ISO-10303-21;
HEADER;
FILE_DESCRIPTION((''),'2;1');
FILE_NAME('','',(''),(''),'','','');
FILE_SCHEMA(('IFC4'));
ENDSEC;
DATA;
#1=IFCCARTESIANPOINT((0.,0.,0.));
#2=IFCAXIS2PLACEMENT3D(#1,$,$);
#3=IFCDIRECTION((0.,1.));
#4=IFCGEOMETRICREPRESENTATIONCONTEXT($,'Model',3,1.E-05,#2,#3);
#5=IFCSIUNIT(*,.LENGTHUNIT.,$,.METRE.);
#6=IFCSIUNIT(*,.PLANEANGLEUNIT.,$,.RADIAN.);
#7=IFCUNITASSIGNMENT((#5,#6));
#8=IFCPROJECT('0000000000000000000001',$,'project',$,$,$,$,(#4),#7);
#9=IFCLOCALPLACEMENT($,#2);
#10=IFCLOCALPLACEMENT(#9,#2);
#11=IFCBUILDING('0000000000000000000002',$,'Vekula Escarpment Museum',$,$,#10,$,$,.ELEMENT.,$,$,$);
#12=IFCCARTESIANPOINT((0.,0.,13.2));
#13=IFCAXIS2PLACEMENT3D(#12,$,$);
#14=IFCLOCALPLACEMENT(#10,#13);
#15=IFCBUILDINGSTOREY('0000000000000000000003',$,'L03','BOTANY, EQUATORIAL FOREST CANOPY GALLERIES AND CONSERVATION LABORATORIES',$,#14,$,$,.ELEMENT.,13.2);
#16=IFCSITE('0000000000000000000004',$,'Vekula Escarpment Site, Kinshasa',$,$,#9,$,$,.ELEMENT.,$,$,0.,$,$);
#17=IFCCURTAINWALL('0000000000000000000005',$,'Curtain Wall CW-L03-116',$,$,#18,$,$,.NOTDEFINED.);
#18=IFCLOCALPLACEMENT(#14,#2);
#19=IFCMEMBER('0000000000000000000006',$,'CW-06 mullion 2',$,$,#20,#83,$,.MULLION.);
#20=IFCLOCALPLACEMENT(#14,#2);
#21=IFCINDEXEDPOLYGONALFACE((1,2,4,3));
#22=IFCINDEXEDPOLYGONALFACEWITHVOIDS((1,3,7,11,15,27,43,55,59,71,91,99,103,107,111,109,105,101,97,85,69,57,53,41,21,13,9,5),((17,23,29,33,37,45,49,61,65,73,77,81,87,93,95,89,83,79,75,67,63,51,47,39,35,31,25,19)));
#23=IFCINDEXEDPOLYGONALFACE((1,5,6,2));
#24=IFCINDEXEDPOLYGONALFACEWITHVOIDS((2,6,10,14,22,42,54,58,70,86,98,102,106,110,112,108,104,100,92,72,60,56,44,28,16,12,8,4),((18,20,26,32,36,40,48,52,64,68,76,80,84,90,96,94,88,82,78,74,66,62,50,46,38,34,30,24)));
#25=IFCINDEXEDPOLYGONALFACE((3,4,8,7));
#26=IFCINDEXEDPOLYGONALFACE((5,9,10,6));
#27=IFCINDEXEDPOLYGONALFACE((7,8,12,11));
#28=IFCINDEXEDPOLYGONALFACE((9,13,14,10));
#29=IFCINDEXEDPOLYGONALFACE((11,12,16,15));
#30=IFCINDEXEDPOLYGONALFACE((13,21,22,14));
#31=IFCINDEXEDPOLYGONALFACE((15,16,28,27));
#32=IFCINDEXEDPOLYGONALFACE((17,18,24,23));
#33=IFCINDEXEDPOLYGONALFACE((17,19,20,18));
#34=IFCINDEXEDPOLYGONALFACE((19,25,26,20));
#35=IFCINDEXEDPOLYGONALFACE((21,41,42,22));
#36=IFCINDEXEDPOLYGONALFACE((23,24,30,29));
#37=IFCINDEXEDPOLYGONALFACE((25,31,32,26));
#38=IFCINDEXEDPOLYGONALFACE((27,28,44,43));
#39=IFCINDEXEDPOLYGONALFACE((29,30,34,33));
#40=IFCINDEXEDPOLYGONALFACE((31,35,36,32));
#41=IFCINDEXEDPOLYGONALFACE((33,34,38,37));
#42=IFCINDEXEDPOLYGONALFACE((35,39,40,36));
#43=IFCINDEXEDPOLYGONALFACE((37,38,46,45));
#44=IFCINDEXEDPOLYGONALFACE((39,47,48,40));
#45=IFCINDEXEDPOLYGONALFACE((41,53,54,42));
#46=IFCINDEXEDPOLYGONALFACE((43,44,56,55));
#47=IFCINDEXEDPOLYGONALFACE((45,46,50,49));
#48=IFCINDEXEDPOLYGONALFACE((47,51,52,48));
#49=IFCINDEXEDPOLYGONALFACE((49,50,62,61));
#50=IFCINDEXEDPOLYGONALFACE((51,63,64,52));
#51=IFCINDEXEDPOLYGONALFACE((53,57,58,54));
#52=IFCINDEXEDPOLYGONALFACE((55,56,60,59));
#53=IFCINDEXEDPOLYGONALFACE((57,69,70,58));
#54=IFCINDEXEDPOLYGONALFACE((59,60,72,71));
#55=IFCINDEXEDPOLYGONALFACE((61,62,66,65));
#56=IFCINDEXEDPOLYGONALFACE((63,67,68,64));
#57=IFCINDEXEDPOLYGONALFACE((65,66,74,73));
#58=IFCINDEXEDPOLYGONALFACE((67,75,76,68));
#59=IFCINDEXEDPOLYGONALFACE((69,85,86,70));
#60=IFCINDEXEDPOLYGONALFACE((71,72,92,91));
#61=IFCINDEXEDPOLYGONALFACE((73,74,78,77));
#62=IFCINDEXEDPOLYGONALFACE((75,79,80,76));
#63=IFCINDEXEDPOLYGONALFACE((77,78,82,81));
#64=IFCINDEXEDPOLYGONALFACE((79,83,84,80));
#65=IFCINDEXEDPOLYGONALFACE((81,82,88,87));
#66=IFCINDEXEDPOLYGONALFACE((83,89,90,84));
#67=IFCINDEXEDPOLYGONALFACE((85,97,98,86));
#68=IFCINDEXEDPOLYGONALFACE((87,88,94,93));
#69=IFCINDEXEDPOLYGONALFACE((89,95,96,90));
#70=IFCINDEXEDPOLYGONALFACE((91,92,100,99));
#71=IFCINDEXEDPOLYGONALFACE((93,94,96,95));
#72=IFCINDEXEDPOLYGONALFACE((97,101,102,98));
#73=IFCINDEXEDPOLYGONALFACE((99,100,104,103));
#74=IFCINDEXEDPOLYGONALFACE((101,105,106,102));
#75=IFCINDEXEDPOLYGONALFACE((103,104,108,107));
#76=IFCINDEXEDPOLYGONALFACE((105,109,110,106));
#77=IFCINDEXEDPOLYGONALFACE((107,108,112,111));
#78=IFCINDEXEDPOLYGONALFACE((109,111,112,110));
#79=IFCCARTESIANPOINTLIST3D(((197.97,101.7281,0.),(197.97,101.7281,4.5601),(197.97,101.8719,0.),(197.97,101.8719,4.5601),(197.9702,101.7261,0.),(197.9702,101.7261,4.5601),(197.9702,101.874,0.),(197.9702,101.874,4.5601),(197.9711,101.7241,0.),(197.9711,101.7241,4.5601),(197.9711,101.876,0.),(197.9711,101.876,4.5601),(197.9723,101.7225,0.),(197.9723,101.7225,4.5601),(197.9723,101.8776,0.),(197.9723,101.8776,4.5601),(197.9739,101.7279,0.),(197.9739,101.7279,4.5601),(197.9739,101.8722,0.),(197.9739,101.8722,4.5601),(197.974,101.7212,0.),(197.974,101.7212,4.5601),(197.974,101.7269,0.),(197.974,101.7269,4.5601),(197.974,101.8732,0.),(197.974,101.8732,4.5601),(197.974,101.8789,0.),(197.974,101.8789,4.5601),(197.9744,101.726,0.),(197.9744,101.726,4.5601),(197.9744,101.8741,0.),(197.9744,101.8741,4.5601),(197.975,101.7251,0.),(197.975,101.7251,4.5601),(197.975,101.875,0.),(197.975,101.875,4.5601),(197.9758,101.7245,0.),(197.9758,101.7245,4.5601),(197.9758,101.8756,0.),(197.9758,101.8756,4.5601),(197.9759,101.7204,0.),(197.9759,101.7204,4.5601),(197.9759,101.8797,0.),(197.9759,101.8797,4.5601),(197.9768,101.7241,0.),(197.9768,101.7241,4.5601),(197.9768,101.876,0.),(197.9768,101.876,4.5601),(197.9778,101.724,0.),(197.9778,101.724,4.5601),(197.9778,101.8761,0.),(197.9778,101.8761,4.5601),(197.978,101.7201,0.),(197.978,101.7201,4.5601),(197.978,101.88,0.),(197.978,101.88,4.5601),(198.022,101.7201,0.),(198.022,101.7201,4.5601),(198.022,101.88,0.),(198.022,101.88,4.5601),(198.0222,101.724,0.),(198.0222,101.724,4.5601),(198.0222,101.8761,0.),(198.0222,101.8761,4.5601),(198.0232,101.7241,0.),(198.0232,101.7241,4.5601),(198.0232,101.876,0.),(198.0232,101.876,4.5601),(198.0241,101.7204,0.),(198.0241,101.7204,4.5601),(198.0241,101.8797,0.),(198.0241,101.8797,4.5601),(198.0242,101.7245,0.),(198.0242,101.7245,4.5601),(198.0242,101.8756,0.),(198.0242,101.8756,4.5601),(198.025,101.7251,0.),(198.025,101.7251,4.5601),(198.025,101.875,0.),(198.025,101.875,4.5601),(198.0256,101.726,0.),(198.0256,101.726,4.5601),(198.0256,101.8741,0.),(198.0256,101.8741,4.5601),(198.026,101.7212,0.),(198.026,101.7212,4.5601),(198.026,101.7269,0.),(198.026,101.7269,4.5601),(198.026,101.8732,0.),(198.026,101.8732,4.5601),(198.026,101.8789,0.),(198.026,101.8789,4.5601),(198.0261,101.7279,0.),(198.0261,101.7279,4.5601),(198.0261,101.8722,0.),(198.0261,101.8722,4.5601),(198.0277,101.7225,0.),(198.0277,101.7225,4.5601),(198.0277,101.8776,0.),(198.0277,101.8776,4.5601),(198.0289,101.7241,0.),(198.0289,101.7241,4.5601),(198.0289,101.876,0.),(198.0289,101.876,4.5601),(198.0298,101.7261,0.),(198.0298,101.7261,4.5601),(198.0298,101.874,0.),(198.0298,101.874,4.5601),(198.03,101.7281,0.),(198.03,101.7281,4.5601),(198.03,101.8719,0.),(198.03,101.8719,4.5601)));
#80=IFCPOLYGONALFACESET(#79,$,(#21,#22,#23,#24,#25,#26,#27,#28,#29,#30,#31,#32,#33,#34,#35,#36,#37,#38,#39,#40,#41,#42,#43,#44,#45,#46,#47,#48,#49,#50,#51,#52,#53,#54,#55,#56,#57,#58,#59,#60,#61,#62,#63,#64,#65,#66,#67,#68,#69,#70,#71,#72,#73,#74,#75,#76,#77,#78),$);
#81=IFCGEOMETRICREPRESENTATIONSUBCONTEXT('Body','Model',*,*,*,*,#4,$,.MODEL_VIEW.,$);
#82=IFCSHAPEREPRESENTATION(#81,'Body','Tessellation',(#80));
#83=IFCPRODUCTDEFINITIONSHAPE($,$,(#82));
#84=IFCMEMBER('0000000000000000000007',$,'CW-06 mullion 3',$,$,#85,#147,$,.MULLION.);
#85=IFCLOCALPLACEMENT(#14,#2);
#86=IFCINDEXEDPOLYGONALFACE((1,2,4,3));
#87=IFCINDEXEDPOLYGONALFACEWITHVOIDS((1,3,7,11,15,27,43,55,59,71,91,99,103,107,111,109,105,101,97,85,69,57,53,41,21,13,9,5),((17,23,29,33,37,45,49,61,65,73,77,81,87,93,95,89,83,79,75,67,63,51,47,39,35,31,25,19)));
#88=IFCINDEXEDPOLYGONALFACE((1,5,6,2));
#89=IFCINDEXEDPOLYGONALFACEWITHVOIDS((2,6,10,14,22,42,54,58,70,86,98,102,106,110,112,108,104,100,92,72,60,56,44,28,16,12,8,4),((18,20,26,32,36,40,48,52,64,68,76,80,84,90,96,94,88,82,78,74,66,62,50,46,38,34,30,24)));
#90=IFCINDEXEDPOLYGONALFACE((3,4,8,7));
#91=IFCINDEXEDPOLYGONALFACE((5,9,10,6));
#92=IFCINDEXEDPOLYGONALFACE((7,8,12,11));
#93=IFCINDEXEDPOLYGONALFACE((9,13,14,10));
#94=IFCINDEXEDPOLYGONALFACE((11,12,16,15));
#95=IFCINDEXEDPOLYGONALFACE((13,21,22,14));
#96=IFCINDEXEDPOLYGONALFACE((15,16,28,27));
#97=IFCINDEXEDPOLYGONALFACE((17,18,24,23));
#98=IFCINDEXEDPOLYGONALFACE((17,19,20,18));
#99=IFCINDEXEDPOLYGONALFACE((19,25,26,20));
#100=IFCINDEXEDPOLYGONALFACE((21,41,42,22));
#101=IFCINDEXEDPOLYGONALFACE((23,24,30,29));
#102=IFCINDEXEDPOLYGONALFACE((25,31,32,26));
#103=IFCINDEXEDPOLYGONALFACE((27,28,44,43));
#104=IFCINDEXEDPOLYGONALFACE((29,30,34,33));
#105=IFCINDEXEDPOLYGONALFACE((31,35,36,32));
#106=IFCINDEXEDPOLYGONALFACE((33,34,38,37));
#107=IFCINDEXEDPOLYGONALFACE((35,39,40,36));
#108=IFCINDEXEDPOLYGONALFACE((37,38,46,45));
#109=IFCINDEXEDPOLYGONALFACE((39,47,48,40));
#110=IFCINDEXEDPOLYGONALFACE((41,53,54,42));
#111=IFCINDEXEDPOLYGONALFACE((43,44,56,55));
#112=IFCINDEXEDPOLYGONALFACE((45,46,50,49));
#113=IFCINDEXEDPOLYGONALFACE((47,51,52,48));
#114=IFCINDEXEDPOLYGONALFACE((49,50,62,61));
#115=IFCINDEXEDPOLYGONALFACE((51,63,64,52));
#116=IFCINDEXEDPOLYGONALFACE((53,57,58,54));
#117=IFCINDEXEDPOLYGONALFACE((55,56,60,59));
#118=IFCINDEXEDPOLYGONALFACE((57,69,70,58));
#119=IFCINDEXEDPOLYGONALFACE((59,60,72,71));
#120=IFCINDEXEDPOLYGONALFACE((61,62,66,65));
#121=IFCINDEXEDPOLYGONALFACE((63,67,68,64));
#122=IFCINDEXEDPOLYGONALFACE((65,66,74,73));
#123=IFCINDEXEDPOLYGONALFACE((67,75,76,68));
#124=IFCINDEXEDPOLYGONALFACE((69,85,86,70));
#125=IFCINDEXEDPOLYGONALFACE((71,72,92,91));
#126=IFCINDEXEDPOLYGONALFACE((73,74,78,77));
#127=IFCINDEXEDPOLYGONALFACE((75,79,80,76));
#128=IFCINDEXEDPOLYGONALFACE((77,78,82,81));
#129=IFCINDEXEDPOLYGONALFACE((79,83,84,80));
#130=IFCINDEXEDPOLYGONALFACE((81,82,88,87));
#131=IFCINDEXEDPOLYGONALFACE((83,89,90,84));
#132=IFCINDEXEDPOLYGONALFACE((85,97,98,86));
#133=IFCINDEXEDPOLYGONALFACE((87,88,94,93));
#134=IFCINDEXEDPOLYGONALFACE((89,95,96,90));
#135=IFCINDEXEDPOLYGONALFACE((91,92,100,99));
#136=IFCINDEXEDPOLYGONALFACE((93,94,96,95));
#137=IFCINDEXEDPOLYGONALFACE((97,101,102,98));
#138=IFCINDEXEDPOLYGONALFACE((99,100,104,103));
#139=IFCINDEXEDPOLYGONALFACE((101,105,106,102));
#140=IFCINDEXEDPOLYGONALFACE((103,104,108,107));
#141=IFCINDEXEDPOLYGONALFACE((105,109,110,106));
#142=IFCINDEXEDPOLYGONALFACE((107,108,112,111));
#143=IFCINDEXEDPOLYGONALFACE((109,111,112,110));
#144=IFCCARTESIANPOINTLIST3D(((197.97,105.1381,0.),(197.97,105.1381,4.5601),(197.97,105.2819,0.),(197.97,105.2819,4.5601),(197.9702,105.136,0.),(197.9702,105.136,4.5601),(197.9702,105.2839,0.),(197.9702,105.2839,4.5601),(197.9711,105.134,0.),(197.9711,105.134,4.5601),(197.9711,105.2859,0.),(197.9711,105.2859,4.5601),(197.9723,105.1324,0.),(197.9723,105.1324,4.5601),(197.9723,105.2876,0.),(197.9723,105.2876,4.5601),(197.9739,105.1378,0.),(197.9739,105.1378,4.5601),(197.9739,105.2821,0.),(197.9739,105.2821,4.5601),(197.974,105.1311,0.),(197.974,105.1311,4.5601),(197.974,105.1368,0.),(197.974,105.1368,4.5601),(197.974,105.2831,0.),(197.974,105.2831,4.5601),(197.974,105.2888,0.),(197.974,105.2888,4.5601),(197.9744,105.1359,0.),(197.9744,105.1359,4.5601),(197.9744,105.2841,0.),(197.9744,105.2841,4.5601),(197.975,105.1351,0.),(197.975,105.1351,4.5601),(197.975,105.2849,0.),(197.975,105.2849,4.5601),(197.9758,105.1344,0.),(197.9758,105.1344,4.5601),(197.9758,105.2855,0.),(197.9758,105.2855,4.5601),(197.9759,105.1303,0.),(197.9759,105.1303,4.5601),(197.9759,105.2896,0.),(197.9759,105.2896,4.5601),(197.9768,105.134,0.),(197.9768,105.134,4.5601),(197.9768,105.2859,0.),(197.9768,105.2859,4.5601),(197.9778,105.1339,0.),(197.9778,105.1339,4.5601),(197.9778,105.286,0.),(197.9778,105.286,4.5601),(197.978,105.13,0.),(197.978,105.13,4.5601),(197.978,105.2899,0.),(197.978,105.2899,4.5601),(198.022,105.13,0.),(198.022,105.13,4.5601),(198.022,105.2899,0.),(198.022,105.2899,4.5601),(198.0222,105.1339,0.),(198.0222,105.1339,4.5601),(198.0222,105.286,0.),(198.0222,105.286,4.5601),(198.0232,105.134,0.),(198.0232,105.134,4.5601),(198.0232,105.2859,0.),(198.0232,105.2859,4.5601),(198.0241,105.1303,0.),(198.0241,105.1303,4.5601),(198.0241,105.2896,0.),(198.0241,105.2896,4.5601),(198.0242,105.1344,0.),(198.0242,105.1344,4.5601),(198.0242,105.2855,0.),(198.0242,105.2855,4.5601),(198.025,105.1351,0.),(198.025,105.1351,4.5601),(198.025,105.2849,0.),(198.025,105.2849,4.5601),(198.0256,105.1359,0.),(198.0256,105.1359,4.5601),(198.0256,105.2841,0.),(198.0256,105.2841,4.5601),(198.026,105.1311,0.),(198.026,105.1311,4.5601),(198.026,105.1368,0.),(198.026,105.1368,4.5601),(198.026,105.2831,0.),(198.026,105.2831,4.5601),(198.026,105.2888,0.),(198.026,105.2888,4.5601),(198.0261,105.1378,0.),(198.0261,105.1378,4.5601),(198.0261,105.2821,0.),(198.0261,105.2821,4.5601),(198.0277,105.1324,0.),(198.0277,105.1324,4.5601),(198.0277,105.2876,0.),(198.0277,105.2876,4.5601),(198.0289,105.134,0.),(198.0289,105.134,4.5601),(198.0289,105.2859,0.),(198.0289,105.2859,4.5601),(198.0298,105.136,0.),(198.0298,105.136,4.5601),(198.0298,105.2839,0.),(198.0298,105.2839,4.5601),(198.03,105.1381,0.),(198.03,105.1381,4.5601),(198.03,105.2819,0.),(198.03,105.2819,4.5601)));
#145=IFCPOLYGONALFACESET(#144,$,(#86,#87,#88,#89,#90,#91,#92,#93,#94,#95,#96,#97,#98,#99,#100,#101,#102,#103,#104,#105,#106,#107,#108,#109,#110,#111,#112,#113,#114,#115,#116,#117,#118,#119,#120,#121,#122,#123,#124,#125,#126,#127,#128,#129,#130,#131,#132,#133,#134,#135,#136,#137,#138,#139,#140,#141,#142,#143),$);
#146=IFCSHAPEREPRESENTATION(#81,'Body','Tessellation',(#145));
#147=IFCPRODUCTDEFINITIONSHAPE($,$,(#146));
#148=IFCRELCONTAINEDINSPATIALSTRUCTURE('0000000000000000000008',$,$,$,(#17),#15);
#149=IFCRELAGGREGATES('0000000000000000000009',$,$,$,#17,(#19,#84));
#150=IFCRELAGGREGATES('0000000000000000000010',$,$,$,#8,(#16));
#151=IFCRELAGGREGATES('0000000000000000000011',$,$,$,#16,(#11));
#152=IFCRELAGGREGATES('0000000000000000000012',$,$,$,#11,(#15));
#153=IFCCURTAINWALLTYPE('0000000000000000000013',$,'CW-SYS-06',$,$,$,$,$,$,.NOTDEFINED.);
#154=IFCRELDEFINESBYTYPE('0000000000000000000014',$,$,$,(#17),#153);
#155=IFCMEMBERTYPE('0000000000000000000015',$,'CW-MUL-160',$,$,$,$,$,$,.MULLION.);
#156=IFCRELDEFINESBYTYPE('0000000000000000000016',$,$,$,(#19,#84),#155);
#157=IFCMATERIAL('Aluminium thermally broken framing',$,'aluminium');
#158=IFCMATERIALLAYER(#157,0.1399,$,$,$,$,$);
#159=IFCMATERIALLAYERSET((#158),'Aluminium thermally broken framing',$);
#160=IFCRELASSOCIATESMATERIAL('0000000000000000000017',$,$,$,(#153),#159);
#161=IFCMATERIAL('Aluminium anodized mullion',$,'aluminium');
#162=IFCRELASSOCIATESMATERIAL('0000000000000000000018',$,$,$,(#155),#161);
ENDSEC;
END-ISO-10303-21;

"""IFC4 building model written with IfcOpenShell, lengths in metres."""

from ifc_helpers import new_model, si_unit, direction, frame, origin, origin_2d, place, context, subcontext, project, spatial, hollow_rectangle, extrude, material, layer, layer_set, material_profile, profile_set, type_object, element, aggregate, save


model = new_model("IFC4")

# Units and contexts
model_context = context("Model", 3, precision=1e-05, world=origin(), true_north=direction((0.0, 1.0)))
body_context = subcontext(model_context, "Body", "Model", "MODEL_VIEW")
ifc_project = project(units=[si_unit("LENGTHUNIT", "METRE"), si_unit("PLANEANGLEUNIT", "RADIAN")], contexts=[model_context])

# Site, building, storey
site_placement = place(None, origin())
site = spatial("IfcSite", under=ifc_project, at=site_placement, Name="Vekula Escarpment Site, Kinshasa", CompositionType="ELEMENT", RefElevation=0.0)
building_placement = place(site_placement, origin())
building = spatial("IfcBuilding", under=site, at=building_placement, Name="Vekula Escarpment Museum", CompositionType="ELEMENT")
storey_placement = place(building_placement, frame((0.0, 0.0, 13.2)))
storey = spatial("IfcBuildingStorey", under=building, at=storey_placement, Name="L03", Description="BOTANY, EQUATORIAL FOREST CANOPY GALLERIES AND CONSERVATION LABORATORIES", CompositionType="ELEMENT", Elevation=13.2)

# Curtain wall, members
ifc_material_1 = material(Name="Aluminium thermally broken framing", Category="aluminium")
ifc_layer_1 = layer(ifc_material_1, 0.1399)
ifc_layer_set_1 = layer_set([ifc_layer_1], Name="Aluminium thermally broken framing")
curtain_wall_type = type_object("IfcCurtainWallType", Name="CW-SYS-06", PredefinedType="NOTDEFINED", material=ifc_layer_set_1)
curtain_wall_placement = place(storey_placement, origin())
curtain_wall = element("IfcCurtainWall", 1, at=curtain_wall_placement, inside=storey, type_object=curtain_wall_type, Name="Curtain Wall CW-L03-116", PredefinedType="NOTDEFINED")
ifc_material_2 = material(Name="Aluminium anodized mullion", Category="aluminium")
ifc_material_profile_1 = material_profile(ifc_material_2, hollow_rectangle(XDim=0.0601, YDim=0.1599, WallThickness=0.0039, InnerFilletRadius=0.0039, OuterFilletRadius=0.0081, at=origin_2d()), Name="ALU 160x60x4")
ifc_profile_set_1 = profile_set([ifc_material_profile_1], Name="Aluminium anodized mullion")
member_type_1 = type_object("IfcMemberType", Name="CW-MUL-160", PredefinedType="MULLION", material=ifc_profile_set_1)
member_1_placement = place(storey_placement, frame((198.0, 101.8, 0.0), z_axis=(0.0, 0.0, 1.0), x_axis=(-1.0, 0.0, 0.0)))
member_1 = element("IfcMember", 2, at=member_1_placement, type_object=member_type_1, Name="CW-06 mullion 2", PredefinedType="MULLION", context=body_context, shape_type="SweptSolid", body=[
    extrude(hollow_rectangle(XDim=0.0601, YDim=0.1599, WallThickness=0.0039, InnerFilletRadius=0.0039, OuterFilletRadius=0.0081, at=origin_2d()), origin(), (0.0, 0.0, 1.0), 4.5601),
])
member_2_placement = place(storey_placement, frame((198.0, 105.21, 0.0), z_axis=(0.0, 0.0, 1.0), x_axis=(-1.0, 0.0, 0.0)))
member_2 = element("IfcMember", 3, at=member_2_placement, type_object=member_type_1, Name="CW-06 mullion 3", PredefinedType="MULLION", context=body_context, shape_type="SweptSolid", body=[
    extrude(hollow_rectangle(XDim=0.0601, YDim=0.1599, WallThickness=0.0039, InnerFilletRadius=0.0039, OuterFilletRadius=0.0081, at=origin_2d()), origin(), (0.0, 0.0, 1.0), 4.5601),
])

aggregate(curtain_wall, [member_1, member_2])

save(model, "model.ifc")
